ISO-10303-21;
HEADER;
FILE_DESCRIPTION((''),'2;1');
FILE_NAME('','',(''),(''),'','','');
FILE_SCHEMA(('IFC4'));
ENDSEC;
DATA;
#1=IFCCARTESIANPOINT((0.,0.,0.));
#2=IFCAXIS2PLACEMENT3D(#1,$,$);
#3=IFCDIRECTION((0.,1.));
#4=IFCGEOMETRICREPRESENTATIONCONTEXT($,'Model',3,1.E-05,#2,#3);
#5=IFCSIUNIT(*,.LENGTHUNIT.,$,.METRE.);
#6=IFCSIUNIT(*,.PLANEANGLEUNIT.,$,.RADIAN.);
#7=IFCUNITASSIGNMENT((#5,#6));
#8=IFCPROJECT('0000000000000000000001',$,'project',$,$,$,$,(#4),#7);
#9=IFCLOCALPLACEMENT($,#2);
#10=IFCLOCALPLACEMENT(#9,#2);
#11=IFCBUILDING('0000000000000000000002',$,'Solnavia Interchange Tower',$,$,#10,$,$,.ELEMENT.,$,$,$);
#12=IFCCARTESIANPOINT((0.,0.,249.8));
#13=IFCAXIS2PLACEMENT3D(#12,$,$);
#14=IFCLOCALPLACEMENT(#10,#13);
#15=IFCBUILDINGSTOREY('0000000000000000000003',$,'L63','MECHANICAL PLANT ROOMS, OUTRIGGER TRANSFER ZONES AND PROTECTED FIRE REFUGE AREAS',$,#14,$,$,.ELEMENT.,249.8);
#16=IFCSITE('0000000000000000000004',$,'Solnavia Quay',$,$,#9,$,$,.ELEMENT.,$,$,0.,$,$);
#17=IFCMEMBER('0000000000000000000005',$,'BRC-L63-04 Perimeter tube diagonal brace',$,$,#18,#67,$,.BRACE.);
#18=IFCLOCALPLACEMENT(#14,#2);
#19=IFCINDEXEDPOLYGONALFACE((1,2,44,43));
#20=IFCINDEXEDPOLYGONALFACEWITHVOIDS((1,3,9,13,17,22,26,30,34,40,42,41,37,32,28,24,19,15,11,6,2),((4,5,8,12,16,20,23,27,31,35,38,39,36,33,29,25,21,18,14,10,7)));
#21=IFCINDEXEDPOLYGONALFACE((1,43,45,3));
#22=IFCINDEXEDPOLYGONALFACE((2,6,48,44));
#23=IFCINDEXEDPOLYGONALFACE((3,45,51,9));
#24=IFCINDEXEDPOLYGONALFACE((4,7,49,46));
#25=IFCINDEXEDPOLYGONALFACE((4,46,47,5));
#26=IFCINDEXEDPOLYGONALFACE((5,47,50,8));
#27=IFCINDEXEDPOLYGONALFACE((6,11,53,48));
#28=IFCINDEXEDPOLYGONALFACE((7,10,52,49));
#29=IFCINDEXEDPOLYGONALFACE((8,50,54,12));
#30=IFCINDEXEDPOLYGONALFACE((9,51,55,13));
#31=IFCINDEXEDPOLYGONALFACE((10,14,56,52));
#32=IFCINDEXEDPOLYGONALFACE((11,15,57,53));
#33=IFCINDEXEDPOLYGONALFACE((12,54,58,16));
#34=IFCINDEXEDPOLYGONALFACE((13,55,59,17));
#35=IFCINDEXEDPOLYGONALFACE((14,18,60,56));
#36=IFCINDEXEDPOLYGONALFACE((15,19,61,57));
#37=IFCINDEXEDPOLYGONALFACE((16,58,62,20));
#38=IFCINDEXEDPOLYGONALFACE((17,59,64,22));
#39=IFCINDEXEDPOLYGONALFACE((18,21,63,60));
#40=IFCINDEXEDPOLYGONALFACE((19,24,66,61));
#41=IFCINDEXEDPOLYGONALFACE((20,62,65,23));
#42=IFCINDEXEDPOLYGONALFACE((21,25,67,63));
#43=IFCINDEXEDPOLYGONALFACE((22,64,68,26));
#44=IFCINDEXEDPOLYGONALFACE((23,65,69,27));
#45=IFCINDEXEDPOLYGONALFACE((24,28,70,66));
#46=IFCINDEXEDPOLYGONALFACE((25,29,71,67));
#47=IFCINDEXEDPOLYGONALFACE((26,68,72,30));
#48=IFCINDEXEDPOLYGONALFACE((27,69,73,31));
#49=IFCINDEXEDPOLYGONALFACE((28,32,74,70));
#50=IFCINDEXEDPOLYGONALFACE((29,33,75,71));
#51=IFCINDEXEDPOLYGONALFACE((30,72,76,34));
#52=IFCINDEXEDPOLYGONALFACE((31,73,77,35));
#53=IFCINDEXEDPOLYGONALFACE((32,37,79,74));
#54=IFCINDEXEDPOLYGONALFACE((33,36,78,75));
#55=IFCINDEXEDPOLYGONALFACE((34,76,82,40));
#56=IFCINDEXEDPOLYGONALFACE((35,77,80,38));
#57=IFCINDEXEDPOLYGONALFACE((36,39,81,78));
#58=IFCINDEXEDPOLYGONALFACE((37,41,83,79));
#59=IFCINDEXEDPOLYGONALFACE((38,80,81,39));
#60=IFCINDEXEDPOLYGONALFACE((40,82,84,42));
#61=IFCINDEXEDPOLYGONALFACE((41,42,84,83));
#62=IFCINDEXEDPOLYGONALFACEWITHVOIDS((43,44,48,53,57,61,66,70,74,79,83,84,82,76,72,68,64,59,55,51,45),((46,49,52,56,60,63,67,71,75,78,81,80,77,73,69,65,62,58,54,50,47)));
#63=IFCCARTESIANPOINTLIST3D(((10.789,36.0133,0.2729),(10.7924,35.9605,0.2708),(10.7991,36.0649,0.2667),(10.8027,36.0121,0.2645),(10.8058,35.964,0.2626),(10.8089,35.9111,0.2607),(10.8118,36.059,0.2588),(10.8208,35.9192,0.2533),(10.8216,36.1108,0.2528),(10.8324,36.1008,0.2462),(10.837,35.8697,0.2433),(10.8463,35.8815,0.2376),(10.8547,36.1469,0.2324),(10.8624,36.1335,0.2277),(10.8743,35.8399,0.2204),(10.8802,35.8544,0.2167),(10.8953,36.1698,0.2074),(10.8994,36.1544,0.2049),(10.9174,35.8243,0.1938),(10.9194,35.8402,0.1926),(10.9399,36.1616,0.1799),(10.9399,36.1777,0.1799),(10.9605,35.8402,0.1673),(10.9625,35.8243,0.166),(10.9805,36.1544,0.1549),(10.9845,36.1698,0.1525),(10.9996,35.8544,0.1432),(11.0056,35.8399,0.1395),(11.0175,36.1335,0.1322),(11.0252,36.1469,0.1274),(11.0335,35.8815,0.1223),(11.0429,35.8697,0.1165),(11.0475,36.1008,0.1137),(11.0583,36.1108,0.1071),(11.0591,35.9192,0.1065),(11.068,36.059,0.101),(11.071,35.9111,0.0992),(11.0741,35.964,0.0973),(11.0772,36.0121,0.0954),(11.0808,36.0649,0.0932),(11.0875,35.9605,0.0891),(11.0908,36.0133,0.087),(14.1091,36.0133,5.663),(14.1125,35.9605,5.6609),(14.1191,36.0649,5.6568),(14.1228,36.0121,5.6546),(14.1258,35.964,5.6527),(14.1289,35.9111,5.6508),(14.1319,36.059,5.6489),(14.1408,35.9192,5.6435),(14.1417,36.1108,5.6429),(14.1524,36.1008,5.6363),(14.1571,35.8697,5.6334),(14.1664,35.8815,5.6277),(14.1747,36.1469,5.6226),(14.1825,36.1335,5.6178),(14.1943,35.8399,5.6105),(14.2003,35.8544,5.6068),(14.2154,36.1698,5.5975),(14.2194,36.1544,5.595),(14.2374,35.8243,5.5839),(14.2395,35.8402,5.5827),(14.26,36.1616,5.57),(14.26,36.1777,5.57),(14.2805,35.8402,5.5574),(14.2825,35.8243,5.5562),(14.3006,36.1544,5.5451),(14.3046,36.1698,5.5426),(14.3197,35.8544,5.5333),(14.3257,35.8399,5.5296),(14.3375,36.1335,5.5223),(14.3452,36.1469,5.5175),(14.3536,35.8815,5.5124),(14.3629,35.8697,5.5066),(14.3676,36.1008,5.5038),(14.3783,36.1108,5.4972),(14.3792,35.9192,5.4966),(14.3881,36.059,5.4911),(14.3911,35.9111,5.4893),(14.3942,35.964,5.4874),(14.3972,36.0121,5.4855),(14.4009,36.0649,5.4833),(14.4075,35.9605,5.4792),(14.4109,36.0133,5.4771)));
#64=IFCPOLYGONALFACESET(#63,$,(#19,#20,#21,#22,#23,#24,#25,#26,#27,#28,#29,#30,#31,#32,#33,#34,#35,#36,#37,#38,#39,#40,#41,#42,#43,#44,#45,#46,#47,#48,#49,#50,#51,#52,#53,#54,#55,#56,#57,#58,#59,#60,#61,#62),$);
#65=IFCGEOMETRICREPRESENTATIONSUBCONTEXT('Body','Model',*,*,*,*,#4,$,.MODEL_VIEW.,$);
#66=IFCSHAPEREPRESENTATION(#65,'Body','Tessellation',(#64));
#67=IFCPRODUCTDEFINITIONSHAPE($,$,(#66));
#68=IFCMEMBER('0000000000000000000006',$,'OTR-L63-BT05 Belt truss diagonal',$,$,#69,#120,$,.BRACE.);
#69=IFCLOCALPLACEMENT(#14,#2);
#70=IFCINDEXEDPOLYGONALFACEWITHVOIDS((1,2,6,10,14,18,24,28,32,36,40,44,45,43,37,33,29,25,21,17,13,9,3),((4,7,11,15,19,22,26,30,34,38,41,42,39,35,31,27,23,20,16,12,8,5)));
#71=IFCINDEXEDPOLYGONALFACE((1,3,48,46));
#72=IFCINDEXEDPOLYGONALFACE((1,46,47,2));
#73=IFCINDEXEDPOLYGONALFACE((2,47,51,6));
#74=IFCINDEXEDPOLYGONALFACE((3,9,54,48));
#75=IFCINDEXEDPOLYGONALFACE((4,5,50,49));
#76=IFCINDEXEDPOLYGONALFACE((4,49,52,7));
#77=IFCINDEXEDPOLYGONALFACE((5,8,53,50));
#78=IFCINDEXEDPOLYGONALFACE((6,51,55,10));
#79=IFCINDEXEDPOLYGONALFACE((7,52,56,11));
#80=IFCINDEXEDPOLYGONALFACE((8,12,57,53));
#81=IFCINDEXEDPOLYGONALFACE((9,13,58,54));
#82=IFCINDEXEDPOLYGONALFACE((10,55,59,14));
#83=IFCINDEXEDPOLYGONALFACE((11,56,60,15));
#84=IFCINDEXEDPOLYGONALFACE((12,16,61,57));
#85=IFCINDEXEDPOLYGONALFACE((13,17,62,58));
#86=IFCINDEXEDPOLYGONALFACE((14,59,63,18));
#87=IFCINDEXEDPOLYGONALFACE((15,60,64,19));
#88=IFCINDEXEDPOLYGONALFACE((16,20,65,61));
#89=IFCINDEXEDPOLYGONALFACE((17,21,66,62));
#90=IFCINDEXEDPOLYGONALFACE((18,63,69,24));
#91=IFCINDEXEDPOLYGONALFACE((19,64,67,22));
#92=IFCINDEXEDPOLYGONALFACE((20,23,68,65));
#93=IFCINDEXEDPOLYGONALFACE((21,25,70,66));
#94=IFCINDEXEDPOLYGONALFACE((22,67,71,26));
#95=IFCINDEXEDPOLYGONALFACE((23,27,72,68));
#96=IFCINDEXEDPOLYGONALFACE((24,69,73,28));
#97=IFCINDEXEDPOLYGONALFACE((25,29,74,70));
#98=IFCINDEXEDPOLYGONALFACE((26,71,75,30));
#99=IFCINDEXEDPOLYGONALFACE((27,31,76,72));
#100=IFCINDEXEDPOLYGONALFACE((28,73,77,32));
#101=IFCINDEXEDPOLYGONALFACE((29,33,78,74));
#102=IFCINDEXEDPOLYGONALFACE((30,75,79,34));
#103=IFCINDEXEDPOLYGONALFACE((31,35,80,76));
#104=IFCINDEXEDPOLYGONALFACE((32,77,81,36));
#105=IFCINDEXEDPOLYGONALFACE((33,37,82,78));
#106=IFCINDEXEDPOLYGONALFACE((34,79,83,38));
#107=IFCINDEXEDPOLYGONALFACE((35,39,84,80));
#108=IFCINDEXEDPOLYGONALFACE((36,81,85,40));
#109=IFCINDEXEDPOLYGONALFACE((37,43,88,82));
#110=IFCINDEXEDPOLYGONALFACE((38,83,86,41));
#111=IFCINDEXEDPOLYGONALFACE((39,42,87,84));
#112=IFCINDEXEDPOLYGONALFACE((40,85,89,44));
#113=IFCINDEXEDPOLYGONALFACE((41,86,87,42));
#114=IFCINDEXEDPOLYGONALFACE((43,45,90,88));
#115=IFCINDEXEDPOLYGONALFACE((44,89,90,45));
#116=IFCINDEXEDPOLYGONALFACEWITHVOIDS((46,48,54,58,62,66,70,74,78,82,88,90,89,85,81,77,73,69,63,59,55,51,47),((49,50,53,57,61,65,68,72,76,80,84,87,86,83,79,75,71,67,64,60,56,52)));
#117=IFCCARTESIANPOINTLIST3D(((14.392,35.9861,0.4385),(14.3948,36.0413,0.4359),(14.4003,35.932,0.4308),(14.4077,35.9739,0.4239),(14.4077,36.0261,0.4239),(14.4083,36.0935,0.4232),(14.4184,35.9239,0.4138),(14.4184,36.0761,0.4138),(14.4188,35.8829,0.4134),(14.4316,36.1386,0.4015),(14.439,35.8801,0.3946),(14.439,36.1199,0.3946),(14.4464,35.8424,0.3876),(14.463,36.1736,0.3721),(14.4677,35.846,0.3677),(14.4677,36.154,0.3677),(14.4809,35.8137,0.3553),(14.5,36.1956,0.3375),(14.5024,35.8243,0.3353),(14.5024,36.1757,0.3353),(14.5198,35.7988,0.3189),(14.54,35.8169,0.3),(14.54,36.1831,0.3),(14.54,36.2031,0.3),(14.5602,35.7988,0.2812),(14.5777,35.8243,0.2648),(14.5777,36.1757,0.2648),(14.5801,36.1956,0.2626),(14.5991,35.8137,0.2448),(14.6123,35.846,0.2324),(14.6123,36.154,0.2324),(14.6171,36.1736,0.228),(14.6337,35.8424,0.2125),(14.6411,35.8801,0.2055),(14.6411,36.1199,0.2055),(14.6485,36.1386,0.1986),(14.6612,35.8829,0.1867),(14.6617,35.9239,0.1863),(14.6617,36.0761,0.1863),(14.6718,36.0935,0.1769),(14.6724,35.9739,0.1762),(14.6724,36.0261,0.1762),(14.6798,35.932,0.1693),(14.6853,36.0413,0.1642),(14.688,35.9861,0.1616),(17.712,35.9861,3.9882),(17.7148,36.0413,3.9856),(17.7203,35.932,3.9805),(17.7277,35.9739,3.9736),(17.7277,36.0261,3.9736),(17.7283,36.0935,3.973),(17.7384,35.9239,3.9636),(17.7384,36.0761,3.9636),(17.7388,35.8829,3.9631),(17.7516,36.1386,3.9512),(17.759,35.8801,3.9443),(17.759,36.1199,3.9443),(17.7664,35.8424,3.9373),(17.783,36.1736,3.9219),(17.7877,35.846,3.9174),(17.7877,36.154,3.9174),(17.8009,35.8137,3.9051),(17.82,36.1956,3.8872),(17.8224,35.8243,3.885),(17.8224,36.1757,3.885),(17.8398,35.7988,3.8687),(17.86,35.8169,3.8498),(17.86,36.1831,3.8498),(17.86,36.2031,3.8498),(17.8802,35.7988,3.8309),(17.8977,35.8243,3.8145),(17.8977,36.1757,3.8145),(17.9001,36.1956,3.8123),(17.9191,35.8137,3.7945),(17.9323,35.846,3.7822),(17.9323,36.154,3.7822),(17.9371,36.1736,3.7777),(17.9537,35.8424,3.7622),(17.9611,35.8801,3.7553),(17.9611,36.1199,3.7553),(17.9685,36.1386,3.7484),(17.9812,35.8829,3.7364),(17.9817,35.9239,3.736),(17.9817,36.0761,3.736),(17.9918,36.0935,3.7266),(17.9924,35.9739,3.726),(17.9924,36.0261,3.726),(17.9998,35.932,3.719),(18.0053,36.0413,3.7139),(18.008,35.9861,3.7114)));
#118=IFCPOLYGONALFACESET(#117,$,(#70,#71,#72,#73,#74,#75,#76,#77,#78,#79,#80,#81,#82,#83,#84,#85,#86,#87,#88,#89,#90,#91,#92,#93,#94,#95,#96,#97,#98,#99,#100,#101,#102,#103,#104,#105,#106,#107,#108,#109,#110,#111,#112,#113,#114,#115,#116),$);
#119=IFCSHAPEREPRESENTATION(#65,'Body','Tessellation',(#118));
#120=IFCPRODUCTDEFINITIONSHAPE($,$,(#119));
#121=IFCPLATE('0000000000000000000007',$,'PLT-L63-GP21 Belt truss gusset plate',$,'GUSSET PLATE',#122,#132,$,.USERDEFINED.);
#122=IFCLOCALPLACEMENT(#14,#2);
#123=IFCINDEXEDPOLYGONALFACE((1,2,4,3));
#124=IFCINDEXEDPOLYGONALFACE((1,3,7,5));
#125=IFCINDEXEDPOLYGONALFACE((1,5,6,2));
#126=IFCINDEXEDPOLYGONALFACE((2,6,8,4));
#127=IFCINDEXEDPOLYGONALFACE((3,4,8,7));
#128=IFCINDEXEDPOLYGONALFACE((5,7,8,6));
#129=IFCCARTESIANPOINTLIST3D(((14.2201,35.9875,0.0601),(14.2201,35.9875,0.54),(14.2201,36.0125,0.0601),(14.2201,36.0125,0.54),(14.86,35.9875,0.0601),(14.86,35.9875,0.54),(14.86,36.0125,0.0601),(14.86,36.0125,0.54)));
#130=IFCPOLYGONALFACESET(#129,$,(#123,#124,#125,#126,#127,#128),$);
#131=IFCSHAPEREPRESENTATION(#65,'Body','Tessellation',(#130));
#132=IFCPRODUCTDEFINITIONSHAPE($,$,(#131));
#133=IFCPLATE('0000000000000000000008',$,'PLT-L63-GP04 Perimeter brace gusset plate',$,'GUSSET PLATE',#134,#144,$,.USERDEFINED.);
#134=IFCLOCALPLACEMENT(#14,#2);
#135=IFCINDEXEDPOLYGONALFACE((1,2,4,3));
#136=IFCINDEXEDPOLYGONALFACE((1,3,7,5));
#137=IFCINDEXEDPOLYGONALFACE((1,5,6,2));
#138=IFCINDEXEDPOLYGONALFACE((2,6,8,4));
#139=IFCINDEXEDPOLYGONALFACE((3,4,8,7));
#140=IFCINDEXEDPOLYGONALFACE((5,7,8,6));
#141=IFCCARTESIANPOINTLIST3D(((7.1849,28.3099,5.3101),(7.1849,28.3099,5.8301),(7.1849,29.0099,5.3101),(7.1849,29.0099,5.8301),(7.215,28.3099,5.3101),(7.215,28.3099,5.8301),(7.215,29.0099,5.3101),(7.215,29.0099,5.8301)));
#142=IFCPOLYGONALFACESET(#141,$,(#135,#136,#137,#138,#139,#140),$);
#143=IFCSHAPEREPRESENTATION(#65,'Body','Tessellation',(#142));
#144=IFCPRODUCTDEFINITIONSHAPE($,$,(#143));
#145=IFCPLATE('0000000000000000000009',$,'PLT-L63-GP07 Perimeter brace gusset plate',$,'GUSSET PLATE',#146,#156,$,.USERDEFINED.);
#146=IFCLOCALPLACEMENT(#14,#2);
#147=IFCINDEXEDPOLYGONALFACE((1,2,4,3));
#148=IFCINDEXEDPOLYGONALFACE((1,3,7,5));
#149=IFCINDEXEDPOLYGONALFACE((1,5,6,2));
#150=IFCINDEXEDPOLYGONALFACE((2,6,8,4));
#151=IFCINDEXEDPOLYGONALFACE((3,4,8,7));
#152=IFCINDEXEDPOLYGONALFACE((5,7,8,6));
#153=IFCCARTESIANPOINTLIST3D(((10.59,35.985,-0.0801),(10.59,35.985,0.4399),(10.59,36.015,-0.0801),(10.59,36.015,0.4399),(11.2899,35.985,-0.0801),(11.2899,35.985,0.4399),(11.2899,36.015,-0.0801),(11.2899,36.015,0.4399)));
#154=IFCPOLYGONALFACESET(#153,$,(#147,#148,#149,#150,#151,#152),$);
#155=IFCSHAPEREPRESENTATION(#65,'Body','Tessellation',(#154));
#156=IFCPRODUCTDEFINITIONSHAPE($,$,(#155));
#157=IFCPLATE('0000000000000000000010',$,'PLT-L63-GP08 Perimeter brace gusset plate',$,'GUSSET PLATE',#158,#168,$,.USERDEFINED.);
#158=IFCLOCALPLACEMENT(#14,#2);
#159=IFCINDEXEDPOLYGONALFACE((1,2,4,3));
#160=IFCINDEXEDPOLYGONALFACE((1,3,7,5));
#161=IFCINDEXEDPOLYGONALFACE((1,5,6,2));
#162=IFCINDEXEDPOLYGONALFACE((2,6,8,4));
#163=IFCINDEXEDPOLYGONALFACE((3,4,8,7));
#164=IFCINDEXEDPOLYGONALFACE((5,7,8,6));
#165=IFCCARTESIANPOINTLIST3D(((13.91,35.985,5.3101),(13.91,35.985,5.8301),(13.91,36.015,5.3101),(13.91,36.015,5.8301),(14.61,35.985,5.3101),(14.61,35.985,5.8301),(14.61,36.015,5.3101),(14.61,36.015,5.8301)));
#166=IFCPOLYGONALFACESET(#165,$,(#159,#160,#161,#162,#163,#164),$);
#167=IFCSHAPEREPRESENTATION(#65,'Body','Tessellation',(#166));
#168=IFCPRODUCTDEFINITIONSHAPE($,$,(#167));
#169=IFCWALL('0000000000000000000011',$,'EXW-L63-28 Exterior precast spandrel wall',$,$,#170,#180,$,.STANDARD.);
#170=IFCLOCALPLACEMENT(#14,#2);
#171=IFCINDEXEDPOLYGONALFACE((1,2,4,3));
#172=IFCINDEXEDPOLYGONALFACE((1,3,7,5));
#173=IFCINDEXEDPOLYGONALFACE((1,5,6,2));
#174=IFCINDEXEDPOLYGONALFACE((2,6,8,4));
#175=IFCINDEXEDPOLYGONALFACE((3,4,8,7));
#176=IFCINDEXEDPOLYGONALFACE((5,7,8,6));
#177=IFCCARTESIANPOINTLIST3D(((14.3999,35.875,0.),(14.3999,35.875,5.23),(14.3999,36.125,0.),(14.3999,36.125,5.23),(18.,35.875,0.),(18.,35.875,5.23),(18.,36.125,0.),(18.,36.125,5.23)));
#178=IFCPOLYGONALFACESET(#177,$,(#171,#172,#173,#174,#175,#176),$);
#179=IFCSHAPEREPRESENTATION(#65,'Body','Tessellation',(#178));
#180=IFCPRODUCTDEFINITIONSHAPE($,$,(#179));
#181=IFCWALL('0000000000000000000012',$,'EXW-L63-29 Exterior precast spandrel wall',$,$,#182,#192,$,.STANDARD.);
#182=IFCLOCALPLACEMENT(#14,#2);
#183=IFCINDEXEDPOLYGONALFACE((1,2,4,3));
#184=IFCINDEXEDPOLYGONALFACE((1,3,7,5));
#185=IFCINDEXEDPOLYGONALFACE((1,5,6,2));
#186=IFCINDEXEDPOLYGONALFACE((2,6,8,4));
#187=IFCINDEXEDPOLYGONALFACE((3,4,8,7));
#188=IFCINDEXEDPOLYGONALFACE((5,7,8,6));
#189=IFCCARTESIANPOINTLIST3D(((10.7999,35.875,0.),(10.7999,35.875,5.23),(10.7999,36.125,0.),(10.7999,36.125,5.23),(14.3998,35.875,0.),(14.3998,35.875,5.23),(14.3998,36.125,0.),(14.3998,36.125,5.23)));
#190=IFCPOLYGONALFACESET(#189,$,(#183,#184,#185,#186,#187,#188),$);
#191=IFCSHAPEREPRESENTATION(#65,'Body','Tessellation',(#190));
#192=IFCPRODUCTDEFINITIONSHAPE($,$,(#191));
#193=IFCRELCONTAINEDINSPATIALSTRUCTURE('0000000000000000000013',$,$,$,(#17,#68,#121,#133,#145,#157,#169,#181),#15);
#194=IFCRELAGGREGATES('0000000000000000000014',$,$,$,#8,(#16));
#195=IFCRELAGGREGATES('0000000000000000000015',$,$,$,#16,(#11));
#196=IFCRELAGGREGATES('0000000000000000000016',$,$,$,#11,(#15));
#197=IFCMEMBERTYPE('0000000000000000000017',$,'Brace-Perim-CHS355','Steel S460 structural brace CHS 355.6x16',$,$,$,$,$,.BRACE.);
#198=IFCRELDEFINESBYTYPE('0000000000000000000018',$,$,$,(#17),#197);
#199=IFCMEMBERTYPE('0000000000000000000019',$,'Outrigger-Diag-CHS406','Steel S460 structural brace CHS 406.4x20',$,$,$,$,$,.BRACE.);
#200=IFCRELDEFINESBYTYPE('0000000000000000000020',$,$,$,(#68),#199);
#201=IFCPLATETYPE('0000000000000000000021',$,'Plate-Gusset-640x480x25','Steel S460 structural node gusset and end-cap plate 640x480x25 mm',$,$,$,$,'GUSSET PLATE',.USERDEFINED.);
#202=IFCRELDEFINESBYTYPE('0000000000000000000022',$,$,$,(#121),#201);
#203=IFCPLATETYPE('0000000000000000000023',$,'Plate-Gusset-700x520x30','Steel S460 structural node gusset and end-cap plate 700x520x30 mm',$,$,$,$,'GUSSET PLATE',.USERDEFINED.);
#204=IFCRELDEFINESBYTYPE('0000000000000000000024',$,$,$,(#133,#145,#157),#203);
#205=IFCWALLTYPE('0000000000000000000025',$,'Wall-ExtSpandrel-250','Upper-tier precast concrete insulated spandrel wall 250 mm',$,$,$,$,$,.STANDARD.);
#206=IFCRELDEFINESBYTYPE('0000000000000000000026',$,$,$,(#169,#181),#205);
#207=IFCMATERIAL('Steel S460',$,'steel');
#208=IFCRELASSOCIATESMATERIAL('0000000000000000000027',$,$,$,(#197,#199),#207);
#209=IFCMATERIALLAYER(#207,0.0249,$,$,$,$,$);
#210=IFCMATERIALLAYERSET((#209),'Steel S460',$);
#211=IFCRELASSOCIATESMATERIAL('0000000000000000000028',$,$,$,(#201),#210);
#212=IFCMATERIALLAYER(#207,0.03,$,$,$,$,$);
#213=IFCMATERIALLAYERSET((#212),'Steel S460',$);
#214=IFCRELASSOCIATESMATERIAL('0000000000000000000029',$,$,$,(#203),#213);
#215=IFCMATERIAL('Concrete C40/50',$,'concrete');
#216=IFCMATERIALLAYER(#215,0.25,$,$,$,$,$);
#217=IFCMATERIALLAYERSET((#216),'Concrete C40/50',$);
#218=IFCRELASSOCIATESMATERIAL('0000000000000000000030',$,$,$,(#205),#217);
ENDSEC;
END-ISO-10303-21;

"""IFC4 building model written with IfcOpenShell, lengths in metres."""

from ifc_helpers import new_model, si_unit, direction, frame, frame_2d, origin, origin_2d, place, context, subcontext, project, spatial, rectangle, hollow_circle, extrude, material, layer, layer_set, material_profile, profile_set, type_object, element, save


model = new_model("IFC4")

# Units and contexts
model_context = context("Model", 3, precision=1e-05, world=origin(), true_north=direction((0.0, 1.0)))
body_context = subcontext(model_context, "Body", "Model", "MODEL_VIEW")
ifc_project = project(units=[si_unit("LENGTHUNIT", "METRE"), si_unit("PLANEANGLEUNIT", "RADIAN")], contexts=[model_context])

# Site, building, storey
site_placement = place(None, origin())
site = spatial("IfcSite", under=ifc_project, at=site_placement, Name="Solnavia Quay", CompositionType="ELEMENT", RefElevation=0.0)
building_placement = place(site_placement, origin())
building = spatial("IfcBuilding", under=site, at=building_placement, Name="Solnavia Interchange Tower", CompositionType="ELEMENT")
storey_placement = place(building_placement, frame((0.0, 0.0, 249.8)))
storey = spatial("IfcBuildingStorey", under=building, at=storey_placement, Name="L63", Description="MECHANICAL PLANT ROOMS, OUTRIGGER TRANSFER ZONES AND PROTECTED FIRE REFUGE AREAS", CompositionType="ELEMENT", Elevation=249.8)

# Members
ifc_material_1 = material(Name="Steel S460", Category="steel")
ifc_material_profile_1 = material_profile(ifc_material_1, hollow_circle(Radius=0.1777, WallThickness=0.0161, at=origin_2d()), Name="CHS 355.6x16")
ifc_profile_set_1 = profile_set([ifc_material_profile_1], Name="Steel S460")
member_type_1 = type_object("IfcMemberType", Name="Brace-Perim-CHS355", Description="Steel S460 structural brace CHS 355.6x16", PredefinedType="BRACE", material=ifc_profile_set_1)
member_1_placement = place(storey_placement, frame((10.9399, 36.0, 0.1799), z_axis=(0.524448, 0.0, 0.851442), x_axis=(0.0, 1.0, 0.0)))
element("IfcMember", 1, at=member_1_placement, inside=storey, type_object=member_type_1, Name="BRC-L63-04 Perimeter tube diagonal brace", PredefinedType="BRACE", context=body_context, shape_type="SweptSolid", body=[
    extrude(hollow_circle(Radius=0.1777, WallThickness=0.0161, at=origin_2d()), origin(), (0.0, 0.0, 1.0), 6.3306),
])
ifc_material_profile_2 = material_profile(ifc_material_1, hollow_circle(Radius=0.2031, WallThickness=0.02, at=origin_2d()), Name="CHS 406.4x20")
ifc_profile_set_2 = profile_set([ifc_material_profile_2], Name="Steel S460")
member_type_2 = type_object("IfcMemberType", Name="Outrigger-Diag-CHS406", Description="Steel S460 structural brace CHS 406.4x20", PredefinedType="BRACE", material=ifc_profile_set_2)
member_2_placement = place(storey_placement, frame((14.54, 36.0, 0.3), z_axis=(0.683078, 0.0, 0.730345), x_axis=(0.0, 1.0, 0.0)))
element("IfcMember", 2, at=member_2_placement, inside=storey, type_object=member_type_2, Name="OTR-L63-BT05 Belt truss diagonal", PredefinedType="BRACE", context=body_context, shape_type="SweptSolid", body=[
    extrude(hollow_circle(Radius=0.2031, WallThickness=0.02, at=origin_2d()), origin(), (0.0, 0.0, 1.0), 4.8604),
])

# Plates
ifc_layer_1 = layer(ifc_material_1, 0.0249)
ifc_layer_set_1 = layer_set([ifc_layer_1], Name="Steel S460")
plate_type_1 = type_object("IfcPlateType", Name="Plate-Gusset-640x480x25", Description="Steel S460 structural node gusset and end-cap plate 640x480x25 mm", ElementType="GUSSET PLATE", PredefinedType="USERDEFINED", material=ifc_layer_set_1)
plate_placement = place(storey_placement, frame((14.54, 36.0, 0.0601), z_axis=(0.0, 0.0, 1.0), x_axis=(1.0, 0.0, 0.0)))
element("IfcPlate", 3, at=plate_placement, inside=storey, type_object=plate_type_1, Name="PLT-L63-GP21 Belt truss gusset plate", ObjectType="GUSSET PLATE", PredefinedType="USERDEFINED", context=body_context, shape_type="SweptSolid", body=[
    extrude(rectangle(XDim=0.6399, YDim=0.0249, at=origin_2d()), origin(), (0.0, 0.0, 1.0), 0.48),
])
ifc_layer_2 = layer(ifc_material_1, 0.03)
ifc_layer_set_2 = layer_set([ifc_layer_2], Name="Steel S460")
plate_type_2 = type_object("IfcPlateType", Name="Plate-Gusset-700x520x30", Description="Steel S460 structural node gusset and end-cap plate 700x520x30 mm", ElementType="GUSSET PLATE", PredefinedType="USERDEFINED", material=ifc_layer_set_2)
for number, where, z_axis, x_axis, name in (
    (4, (7.2, 28.6599, 5.3101), (0.0, 0.0, 1.0), (0.0, 1.0, 0.0), "PLT-L63-GP04 Perimeter brace gusset plate"),
    (5, (10.9399, 36.0, -0.0801), (0.0, 0.0, 1.0), (1.0, 0.0, 0.0), "PLT-L63-GP07 Perimeter brace gusset plate"),
    (6, (14.26, 36.0, 5.3101), (0.0, 0.0, 1.0), (1.0, 0.0, 0.0), "PLT-L63-GP08 Perimeter brace gusset plate"),
):
    element("IfcPlate", number, at=place(storey_placement, frame(where, z_axis=z_axis, x_axis=x_axis)), inside=storey, type_object=plate_type_2, Name=name, ObjectType="GUSSET PLATE", PredefinedType="USERDEFINED", context=body_context, shape_type="SweptSolid", body=[
        extrude(rectangle(XDim=0.7, YDim=0.03, at=origin_2d()), origin(), (0.0, 0.0, 1.0), 0.52),
    ])

# Walls
ifc_material_2 = material(Name="Concrete C40/50", Category="concrete")
ifc_layer_3 = layer(ifc_material_2, 0.25)
ifc_layer_set_3 = layer_set([ifc_layer_3], Name="Concrete C40/50")
wall_type_1 = type_object("IfcWallType", Name="Wall-ExtSpandrel-250", Description="Upper-tier precast concrete insulated spandrel wall 250 mm", PredefinedType="STANDARD", material=ifc_layer_set_3)
wall_1_placement = place(storey_placement, frame((14.3999, 36.0, 0.0), z_axis=(0.0, 0.0, 1.0), x_axis=(1.0, 0.0, 0.0)))
element("IfcWall", 7, at=wall_1_placement, inside=storey, type_object=wall_type_1, Name="EXW-L63-28 Exterior precast spandrel wall", PredefinedType="STANDARD", context=body_context, shape_type="SweptSolid", body=[
    extrude(rectangle(XDim=3.6001, YDim=0.25, at=frame_2d((1.8, 0.0))), origin(), (0.0, 0.0, 1.0), 5.23),
])
wall_2_placement = place(storey_placement, frame((10.8, 36.0, 0.0), z_axis=(0.0, 0.0, 1.0), x_axis=(1.0, 0.0, 0.0)))
element("IfcWall", 8, at=wall_2_placement, inside=storey, type_object=wall_type_1, Name="EXW-L63-29 Exterior precast spandrel wall", PredefinedType="STANDARD", context=body_context, shape_type="SweptSolid", body=[
    extrude(rectangle(XDim=3.5999, YDim=0.25, at=frame_2d((1.7998, 0.0))), origin(), (0.0, 0.0, 1.0), 5.23),
])

save(model, "model.ifc")
